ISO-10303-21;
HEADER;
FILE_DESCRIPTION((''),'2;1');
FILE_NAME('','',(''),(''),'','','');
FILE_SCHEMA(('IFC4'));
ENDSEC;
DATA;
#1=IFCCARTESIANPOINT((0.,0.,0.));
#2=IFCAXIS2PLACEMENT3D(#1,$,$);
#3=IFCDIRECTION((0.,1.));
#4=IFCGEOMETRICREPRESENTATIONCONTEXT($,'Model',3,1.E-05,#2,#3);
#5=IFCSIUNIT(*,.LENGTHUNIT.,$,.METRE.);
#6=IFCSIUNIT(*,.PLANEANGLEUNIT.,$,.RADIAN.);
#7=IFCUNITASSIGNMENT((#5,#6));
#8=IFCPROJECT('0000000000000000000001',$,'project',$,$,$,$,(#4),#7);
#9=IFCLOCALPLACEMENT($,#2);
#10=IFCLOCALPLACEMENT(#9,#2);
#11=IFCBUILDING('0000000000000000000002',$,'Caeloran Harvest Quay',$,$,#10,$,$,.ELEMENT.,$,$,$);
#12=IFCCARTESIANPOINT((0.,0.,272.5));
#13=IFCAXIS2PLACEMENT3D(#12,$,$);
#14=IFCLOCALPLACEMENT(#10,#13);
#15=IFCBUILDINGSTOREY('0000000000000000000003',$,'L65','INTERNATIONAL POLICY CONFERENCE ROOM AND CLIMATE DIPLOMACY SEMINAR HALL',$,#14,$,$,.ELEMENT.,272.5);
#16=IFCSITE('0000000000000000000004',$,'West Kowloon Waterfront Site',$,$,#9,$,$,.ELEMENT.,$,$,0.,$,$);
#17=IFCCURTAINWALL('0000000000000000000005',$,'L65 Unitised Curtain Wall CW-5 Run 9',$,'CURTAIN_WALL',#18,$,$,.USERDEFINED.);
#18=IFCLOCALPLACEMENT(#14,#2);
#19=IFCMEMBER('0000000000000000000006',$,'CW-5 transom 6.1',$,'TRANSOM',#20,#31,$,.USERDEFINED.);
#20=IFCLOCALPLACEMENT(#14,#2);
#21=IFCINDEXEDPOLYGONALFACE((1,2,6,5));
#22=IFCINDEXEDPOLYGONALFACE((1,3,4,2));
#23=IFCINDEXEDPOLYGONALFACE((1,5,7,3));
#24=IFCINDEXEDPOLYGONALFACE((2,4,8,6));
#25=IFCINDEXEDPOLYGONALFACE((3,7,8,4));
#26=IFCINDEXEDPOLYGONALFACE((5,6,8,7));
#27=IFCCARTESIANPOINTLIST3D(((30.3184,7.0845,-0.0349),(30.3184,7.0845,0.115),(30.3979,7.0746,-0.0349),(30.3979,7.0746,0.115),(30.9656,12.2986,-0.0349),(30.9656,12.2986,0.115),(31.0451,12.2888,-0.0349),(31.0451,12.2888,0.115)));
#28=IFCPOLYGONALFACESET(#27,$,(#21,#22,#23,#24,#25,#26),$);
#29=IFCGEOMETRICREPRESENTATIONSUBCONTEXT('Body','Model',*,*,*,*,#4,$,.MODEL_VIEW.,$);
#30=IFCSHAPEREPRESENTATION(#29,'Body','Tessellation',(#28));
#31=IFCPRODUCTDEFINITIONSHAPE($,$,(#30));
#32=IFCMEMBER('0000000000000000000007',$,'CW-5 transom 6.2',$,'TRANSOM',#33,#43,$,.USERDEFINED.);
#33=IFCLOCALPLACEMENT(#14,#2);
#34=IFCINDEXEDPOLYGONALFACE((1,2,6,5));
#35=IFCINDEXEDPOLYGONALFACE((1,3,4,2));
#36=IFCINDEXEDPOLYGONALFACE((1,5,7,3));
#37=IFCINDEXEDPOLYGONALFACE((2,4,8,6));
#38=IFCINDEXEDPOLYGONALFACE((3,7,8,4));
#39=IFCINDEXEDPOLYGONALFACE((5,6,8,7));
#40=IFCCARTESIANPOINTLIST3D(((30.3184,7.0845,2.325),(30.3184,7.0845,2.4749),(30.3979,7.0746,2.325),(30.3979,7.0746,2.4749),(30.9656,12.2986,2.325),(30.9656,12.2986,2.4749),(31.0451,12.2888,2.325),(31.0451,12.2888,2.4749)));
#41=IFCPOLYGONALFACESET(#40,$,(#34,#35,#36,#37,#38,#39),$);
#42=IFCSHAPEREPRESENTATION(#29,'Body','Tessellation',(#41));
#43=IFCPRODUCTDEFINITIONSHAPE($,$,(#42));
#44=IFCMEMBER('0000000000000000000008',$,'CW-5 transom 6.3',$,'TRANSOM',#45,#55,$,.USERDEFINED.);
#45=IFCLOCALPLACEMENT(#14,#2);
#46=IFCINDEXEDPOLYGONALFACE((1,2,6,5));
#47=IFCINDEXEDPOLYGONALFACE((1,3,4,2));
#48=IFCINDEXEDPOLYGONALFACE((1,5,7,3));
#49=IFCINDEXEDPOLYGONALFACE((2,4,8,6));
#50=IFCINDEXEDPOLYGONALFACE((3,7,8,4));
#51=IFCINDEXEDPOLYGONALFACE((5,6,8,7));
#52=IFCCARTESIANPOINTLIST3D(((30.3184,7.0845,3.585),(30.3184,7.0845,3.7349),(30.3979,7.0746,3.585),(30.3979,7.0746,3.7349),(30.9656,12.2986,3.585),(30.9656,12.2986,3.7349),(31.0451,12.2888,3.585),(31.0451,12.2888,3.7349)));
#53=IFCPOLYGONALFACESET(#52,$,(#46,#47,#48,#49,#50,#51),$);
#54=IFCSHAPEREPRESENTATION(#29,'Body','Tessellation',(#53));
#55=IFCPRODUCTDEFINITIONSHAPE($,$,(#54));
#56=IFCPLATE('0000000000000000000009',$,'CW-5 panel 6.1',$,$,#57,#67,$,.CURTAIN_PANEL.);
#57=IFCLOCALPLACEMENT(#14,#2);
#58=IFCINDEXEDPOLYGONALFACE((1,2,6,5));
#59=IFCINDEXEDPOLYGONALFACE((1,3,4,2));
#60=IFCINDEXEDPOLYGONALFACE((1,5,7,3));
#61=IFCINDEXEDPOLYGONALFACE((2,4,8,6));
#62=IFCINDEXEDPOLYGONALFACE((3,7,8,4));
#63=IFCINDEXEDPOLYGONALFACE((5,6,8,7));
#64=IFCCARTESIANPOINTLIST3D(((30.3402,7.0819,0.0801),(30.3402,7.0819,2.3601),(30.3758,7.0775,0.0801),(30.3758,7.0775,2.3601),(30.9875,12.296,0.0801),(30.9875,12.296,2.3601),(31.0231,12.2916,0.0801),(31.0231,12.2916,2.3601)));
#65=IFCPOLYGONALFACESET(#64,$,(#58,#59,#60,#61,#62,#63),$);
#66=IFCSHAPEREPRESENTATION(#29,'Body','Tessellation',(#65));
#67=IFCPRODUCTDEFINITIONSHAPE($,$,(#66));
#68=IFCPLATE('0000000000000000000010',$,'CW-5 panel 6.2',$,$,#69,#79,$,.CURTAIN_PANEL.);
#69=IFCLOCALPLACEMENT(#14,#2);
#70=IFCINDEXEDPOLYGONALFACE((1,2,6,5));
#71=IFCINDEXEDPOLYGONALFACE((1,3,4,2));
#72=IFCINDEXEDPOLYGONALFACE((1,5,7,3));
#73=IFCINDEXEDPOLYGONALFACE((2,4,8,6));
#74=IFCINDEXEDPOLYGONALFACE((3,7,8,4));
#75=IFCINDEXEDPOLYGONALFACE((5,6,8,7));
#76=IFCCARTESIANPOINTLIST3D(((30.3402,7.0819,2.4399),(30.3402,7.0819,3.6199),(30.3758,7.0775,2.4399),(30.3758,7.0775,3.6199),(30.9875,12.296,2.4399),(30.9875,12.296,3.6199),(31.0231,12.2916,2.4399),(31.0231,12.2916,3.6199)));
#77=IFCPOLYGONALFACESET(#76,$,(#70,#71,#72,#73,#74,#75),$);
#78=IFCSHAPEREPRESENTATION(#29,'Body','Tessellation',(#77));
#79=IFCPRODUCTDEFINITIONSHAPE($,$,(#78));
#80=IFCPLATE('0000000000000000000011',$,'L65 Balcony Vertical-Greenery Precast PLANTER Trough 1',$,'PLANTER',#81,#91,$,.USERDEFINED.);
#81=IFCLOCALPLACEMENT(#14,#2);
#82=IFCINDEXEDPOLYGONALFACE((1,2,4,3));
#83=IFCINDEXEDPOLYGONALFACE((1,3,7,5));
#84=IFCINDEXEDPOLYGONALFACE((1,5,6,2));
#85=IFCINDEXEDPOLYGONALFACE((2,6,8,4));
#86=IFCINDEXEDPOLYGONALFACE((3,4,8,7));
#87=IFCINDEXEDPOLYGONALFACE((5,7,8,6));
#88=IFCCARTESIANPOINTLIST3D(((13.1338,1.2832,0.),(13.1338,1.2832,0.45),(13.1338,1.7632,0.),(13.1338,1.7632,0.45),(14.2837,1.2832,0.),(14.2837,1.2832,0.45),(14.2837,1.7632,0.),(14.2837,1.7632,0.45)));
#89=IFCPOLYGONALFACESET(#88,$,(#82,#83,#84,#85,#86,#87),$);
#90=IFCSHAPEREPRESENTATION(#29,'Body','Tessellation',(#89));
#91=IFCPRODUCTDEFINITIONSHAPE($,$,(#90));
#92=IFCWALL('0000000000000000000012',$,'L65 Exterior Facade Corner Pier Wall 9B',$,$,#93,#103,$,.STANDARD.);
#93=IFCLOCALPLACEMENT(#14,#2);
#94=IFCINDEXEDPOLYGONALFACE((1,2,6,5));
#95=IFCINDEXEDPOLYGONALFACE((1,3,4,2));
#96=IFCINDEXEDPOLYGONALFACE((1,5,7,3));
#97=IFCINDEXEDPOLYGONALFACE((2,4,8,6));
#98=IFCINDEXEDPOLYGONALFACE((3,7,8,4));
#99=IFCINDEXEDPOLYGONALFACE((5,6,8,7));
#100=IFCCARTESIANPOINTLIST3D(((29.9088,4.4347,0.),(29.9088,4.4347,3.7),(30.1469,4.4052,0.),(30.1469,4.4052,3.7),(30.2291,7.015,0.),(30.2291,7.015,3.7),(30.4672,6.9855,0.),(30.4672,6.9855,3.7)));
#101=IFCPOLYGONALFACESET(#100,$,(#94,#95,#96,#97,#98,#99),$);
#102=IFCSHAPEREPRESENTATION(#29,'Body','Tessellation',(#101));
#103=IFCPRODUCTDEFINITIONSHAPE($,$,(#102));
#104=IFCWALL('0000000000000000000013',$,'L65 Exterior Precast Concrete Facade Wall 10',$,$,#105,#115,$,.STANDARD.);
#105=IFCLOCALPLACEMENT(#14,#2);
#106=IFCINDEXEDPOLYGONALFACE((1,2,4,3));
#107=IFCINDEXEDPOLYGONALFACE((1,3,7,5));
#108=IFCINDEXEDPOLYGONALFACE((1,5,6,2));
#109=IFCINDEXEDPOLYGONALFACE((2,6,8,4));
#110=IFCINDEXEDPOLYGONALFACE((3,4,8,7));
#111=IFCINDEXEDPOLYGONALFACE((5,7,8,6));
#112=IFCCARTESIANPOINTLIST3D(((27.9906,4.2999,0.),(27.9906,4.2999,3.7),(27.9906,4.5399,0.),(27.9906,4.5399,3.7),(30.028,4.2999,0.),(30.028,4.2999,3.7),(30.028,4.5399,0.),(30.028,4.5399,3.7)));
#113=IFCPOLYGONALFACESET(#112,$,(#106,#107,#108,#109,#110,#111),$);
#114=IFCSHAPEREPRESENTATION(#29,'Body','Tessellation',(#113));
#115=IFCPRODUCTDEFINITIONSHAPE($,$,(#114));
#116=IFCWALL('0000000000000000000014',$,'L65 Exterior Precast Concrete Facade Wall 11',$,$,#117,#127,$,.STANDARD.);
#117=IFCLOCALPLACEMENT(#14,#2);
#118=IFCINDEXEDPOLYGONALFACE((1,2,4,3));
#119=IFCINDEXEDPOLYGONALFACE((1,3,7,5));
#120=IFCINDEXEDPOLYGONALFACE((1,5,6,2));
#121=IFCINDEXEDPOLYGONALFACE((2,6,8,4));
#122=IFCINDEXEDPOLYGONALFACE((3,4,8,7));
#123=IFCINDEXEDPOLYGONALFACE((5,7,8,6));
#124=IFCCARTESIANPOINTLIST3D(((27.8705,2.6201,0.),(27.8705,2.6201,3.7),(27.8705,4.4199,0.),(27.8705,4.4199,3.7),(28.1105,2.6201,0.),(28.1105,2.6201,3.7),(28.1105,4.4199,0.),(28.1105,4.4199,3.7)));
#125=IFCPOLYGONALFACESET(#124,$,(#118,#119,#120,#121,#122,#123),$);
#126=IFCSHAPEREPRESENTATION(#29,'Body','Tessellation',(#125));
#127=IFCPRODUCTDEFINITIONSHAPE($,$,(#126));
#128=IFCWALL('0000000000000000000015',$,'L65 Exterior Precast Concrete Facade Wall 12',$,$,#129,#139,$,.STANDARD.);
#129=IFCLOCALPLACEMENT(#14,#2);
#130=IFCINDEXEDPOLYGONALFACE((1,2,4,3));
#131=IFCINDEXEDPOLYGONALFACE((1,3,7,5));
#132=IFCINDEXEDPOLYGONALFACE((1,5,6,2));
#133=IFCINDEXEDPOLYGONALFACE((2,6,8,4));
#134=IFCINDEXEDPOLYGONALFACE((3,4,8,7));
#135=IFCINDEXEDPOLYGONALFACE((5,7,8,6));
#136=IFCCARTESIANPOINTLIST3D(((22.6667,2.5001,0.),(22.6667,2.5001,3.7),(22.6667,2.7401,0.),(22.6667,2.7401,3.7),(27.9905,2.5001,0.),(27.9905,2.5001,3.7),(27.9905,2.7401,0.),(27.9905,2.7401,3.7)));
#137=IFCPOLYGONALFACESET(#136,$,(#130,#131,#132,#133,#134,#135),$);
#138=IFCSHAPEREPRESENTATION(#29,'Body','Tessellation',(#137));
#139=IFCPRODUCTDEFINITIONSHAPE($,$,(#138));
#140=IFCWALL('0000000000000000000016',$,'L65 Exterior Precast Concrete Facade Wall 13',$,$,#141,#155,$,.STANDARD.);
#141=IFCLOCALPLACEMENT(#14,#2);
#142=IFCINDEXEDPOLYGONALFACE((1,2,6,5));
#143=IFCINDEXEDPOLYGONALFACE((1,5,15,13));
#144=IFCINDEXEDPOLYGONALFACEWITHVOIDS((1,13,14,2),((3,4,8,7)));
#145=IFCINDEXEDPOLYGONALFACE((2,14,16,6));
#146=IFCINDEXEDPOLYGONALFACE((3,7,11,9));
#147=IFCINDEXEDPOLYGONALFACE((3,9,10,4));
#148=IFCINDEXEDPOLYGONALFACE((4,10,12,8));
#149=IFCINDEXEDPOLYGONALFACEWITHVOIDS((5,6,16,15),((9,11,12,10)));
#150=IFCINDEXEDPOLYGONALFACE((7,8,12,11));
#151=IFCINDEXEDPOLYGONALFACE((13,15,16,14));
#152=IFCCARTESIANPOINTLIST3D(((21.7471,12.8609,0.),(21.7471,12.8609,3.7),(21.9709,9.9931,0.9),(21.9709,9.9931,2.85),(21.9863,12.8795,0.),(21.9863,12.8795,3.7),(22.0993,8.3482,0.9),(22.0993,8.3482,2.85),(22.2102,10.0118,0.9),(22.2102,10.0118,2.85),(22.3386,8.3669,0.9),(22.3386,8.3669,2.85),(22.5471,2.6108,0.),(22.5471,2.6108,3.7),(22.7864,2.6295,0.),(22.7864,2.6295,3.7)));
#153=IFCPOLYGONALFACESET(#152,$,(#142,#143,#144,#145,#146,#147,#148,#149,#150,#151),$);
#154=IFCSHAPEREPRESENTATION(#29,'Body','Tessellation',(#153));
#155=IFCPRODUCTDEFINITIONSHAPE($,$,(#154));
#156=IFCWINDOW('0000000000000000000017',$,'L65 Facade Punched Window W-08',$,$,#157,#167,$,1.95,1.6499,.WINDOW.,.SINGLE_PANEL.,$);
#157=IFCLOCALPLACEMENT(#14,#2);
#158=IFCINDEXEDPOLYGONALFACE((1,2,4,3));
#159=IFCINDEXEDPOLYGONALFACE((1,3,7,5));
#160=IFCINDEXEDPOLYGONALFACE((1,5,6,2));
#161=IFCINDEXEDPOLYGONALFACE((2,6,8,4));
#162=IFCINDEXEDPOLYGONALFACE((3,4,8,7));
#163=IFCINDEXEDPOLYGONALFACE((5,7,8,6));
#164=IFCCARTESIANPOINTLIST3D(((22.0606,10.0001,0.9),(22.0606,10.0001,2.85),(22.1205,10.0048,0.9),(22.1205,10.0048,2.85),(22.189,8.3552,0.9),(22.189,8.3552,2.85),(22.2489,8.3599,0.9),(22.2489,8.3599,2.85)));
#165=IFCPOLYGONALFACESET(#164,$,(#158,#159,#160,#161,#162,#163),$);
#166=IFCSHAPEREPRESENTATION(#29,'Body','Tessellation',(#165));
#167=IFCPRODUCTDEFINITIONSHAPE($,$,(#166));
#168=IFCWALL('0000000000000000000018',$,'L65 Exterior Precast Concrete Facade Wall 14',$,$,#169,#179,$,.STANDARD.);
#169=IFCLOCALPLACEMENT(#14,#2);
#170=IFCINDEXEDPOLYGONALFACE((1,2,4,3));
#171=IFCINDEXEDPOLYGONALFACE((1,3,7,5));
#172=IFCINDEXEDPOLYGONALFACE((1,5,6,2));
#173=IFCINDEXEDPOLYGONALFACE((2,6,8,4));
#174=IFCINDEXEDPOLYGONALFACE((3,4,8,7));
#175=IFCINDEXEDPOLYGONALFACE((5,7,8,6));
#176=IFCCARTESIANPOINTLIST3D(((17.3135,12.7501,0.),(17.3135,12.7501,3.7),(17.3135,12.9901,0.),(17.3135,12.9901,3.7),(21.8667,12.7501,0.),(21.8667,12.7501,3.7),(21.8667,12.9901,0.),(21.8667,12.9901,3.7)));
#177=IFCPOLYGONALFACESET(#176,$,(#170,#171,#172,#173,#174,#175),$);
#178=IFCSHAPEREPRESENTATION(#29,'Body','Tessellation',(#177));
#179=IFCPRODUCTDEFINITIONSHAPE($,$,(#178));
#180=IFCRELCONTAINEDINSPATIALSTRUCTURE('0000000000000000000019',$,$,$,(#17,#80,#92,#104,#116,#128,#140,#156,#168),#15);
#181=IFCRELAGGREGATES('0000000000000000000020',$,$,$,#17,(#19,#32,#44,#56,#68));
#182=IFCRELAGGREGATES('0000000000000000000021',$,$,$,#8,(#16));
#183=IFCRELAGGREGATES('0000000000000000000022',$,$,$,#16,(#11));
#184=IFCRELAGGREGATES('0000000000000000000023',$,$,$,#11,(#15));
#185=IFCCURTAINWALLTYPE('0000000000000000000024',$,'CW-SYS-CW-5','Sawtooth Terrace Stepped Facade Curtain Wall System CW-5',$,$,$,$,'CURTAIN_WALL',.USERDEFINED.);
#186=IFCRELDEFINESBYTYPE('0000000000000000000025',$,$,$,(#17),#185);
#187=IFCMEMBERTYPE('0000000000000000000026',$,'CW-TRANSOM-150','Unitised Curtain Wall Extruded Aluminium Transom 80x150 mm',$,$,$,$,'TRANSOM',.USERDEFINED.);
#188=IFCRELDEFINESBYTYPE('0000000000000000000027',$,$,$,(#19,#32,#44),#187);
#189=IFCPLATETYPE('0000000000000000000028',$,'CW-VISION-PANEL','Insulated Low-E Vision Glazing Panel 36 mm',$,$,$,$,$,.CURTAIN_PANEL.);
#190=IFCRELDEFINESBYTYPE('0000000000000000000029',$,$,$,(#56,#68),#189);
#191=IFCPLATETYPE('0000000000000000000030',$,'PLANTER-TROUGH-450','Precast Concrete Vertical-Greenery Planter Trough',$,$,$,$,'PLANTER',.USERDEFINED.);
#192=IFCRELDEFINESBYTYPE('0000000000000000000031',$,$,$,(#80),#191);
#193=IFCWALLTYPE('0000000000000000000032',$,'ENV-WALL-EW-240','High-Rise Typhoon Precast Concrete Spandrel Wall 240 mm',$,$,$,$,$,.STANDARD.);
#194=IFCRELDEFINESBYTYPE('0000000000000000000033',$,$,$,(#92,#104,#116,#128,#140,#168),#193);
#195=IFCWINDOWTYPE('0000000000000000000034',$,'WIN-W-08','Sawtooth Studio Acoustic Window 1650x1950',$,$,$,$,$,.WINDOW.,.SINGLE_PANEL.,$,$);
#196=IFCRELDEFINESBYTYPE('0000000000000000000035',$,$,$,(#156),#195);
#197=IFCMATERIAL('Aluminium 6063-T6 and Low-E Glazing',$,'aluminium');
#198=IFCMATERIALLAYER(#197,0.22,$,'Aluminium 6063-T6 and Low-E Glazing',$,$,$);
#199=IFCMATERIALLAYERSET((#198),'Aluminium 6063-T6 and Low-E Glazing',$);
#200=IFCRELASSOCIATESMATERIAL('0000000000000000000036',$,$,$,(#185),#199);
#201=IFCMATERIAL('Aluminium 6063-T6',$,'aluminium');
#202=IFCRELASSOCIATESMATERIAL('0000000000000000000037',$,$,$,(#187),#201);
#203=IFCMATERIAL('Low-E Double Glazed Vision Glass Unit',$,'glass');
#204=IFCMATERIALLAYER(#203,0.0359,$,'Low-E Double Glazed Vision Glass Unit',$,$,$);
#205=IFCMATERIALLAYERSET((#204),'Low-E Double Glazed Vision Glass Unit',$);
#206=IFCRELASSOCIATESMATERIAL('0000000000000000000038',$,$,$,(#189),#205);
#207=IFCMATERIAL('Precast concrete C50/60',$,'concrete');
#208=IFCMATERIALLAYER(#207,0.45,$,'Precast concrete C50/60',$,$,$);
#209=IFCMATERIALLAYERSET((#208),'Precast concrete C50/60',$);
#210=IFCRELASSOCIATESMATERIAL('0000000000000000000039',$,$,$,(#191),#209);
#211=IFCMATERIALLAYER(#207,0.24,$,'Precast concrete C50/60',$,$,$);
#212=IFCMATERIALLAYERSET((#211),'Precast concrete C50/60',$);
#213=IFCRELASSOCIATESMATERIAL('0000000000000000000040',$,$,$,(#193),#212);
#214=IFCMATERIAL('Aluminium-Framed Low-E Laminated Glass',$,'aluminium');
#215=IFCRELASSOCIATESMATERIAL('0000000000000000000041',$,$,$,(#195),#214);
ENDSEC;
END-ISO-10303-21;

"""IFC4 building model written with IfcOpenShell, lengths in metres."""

from ifc_helpers import new_model, si_unit, direction, frame, frame_2d, origin, origin_2d, place, context, subcontext, project, spatial, rectangle, extrude, material, layer, layer_set, material_profile, profile_set, type_object, element, fill, aggregate, save


model = new_model("IFC4")

# Units and contexts
model_context = context("Model", 3, precision=1e-05, world=origin(), true_north=direction((0.0, 1.0)))
body_context = subcontext(model_context, "Body", "Model", "MODEL_VIEW")
ifc_project = project(units=[si_unit("LENGTHUNIT", "METRE"), si_unit("PLANEANGLEUNIT", "RADIAN")], contexts=[model_context])

# Site, building, storey
site_placement = place(None, origin())
site = spatial("IfcSite", under=ifc_project, at=site_placement, Name="West Kowloon Waterfront Site", CompositionType="ELEMENT", RefElevation=0.0)
building_placement = place(site_placement, origin())
building = spatial("IfcBuilding", under=site, at=building_placement, Name="Caeloran Harvest Quay", CompositionType="ELEMENT")
storey_placement = place(building_placement, frame((0.0, 0.0, 272.5)))
storey = spatial("IfcBuildingStorey", under=building, at=storey_placement, Name="L65", Description="INTERNATIONAL POLICY CONFERENCE ROOM AND CLIMATE DIPLOMACY SEMINAR HALL", CompositionType="ELEMENT", Elevation=272.5)

# Curtain wall, members, plates
ifc_material_1 = material(Name="Aluminium 6063-T6 and Low-E Glazing", Category="aluminium")
ifc_layer_1 = layer(ifc_material_1, 0.22, Name="Aluminium 6063-T6 and Low-E Glazing")
ifc_layer_set_1 = layer_set([ifc_layer_1], Name="Aluminium 6063-T6 and Low-E Glazing")
curtain_wall_type = type_object("IfcCurtainWallType", Name="CW-SYS-CW-5", Description="Sawtooth Terrace Stepped Facade Curtain Wall System CW-5", ElementType="CURTAIN_WALL", PredefinedType="USERDEFINED", material=ifc_layer_set_1)
curtain_wall_placement = place(storey_placement, origin())
curtain_wall = element("IfcCurtainWall", 1, at=curtain_wall_placement, inside=storey, type_object=curtain_wall_type, Name="L65 Unitised Curtain Wall CW-5 Run 9", ObjectType="CURTAIN_WALL", PredefinedType="USERDEFINED")
ifc_material_2 = material(Name="Aluminium 6063-T6", Category="aluminium")
ifc_material_profile_1 = material_profile(ifc_material_2, rectangle(XDim=0.0801, YDim=0.1499, at=origin_2d()), Name="CW-TRANSOM-150")
ifc_profile_set_1 = profile_set([ifc_material_profile_1], Name="Aluminium 6063-T6")
member_type_1 = type_object("IfcMemberType", Name="CW-TRANSOM-150", Description="Unitised Curtain Wall Extruded Aluminium Transom 80x150 mm", ElementType="TRANSOM", PredefinedType="USERDEFINED", material=ifc_profile_set_1)
member_1_placement = place(storey_placement, frame((31.0054, 12.2937, 0.04), z_axis=(-0.123183, -0.992384, 0.0), x_axis=(0.992384, -0.123183, 0.0)))
member_1 = element("IfcMember", 2, at=member_1_placement, type_object=member_type_1, Name="CW-5 transom 6.1", ObjectType="TRANSOM", PredefinedType="USERDEFINED", context=body_context, shape_type="SweptSolid", body=[
    extrude(rectangle(XDim=0.0801, YDim=0.1499, at=origin_2d()), origin(), (0.0, 0.0, 1.0), 5.2542),
])
member_2_placement = place(storey_placement, frame((31.0054, 12.2937, 2.3999), z_axis=(-0.123183, -0.992384, 0.0), x_axis=(0.992384, -0.123183, 0.0)))
member_2 = element("IfcMember", 3, at=member_2_placement, type_object=member_type_1, Name="CW-5 transom 6.2", ObjectType="TRANSOM", PredefinedType="USERDEFINED", context=body_context, shape_type="SweptSolid", body=[
    extrude(rectangle(XDim=0.0801, YDim=0.1499, at=origin_2d()), origin(), (0.0, 0.0, 1.0), 5.2542),
])
member_3_placement = place(storey_placement, frame((31.0054, 12.2937, 3.6599), z_axis=(-0.123183, -0.992384, 0.0), x_axis=(0.992384, -0.123183, 0.0)))
member_3 = element("IfcMember", 4, at=member_3_placement, type_object=member_type_1, Name="CW-5 transom 6.3", ObjectType="TRANSOM", PredefinedType="USERDEFINED", context=body_context, shape_type="SweptSolid", body=[
    extrude(rectangle(XDim=0.0801, YDim=0.1499, at=origin_2d()), origin(), (0.0, 0.0, 1.0), 5.2542),
])
ifc_material_3 = material(Name="Low-E Double Glazed Vision Glass Unit", Category="glass")
ifc_layer_2 = layer(ifc_material_3, 0.0359, Name="Low-E Double Glazed Vision Glass Unit")
ifc_layer_set_2 = layer_set([ifc_layer_2], Name="Low-E Double Glazed Vision Glass Unit")
plate_type_1 = type_object("IfcPlateType", Name="CW-VISION-PANEL", Description="Insulated Low-E Vision Glazing Panel 36 mm", PredefinedType="CURTAIN_PANEL", material=ifc_layer_set_2)
plate_1_placement = place(storey_placement, frame((30.6816, 9.6868, 0.0801), z_axis=(0.0, 0.0, 1.0), x_axis=(-0.12319, -0.992383, 0.0)))
plate_1 = element("IfcPlate", 5, at=plate_1_placement, type_object=plate_type_1, Name="CW-5 panel 6.1", PredefinedType="CURTAIN_PANEL", context=body_context, shape_type="SweptSolid", body=[
    extrude(rectangle(XDim=5.2542, YDim=0.0359, at=origin_2d()), origin(), (0.0, 0.0, 1.0), 2.28),
])
plate_2_placement = place(storey_placement, frame((30.6816, 9.6868, 2.4399), z_axis=(0.0, 0.0, 1.0), x_axis=(-0.12319, -0.992383, 0.0)))
plate_2 = element("IfcPlate", 6, at=plate_2_placement, type_object=plate_type_1, Name="CW-5 panel 6.2", PredefinedType="CURTAIN_PANEL", context=body_context, shape_type="SweptSolid", body=[
    extrude(rectangle(XDim=5.2542, YDim=0.0359, at=origin_2d()), origin(), (0.0, 0.0, 1.0), 1.1799),
])
aggregate(curtain_wall, [member_1, member_2, member_3, plate_1, plate_2])

# Plate
ifc_material_4 = material(Name="Precast concrete C50/60", Category="concrete")
ifc_layer_3 = layer(ifc_material_4, 0.45, Name="Precast concrete C50/60")
ifc_layer_set_3 = layer_set([ifc_layer_3], Name="Precast concrete C50/60")
plate_type_2 = type_object("IfcPlateType", Name="PLANTER-TROUGH-450", Description="Precast Concrete Vertical-Greenery Planter Trough", ElementType="PLANTER", PredefinedType="USERDEFINED", material=ifc_layer_set_3)
plate_3_placement = place(storey_placement, frame((13.7087, 1.5232, 0.0), z_axis=(0.0, 0.0, 1.0), x_axis=(1.0, 0.0, 0.0)))
element("IfcPlate", 7, at=plate_3_placement, inside=storey, type_object=plate_type_2, Name="L65 Balcony Vertical-Greenery Precast PLANTER Trough 1", ObjectType="PLANTER", PredefinedType="USERDEFINED", context=body_context, shape_type="SweptSolid", body=[
    extrude(rectangle(XDim=1.1499, YDim=0.48, at=origin_2d()), origin(), (0.0, 0.0, 1.0), 0.45),
])

# Walls
ifc_layer_4 = layer(ifc_material_4, 0.24, Name="Precast concrete C50/60")
ifc_layer_set_4 = layer_set([ifc_layer_4], Name="Precast concrete C50/60")
wall_type_1 = type_object("IfcWallType", Name="ENV-WALL-EW-240", Description="High-Rise Typhoon Precast Concrete Spandrel Wall 240 mm", PredefinedType="STANDARD", material=ifc_layer_set_4)
wall_1_placement = place(storey_placement, frame((30.3481, 7.0002, 0.0), z_axis=(0.0, 0.0, 1.0), x_axis=(-0.123191, -0.992383, 0.0)))
element("IfcWall", 8, at=wall_1_placement, inside=storey, type_object=wall_type_1, Name="L65 Exterior Facade Corner Pier Wall 9B", PredefinedType="STANDARD", context=body_context, shape_type="SweptSolid", body=[
    extrude(rectangle(XDim=2.6001, YDim=0.24, at=frame_2d((1.3, 0.0))), origin(), (0.0, 0.0, 1.0), 3.7),
])
wall_2_placement = place(storey_placement, frame((30.0278, 4.4199, 0.0), z_axis=(0.0, 0.0, 1.0), x_axis=(-1.0, 0.0, 0.0)))
element("IfcWall", 9, at=wall_2_placement, inside=storey, type_object=wall_type_1, Name="L65 Exterior Precast Concrete Facade Wall 10", PredefinedType="STANDARD", context=body_context, shape_type="SweptSolid", body=[
    extrude(rectangle(XDim=2.0374, YDim=0.24, at=frame_2d((1.0186, 0.0))), origin(), (0.0, 0.0, 1.0), 3.7),
])
wall_3_placement = place(storey_placement, frame((27.9905, 4.4199, 0.0), z_axis=(0.0, 0.0, 1.0), x_axis=(0.0, -1.0, 0.0)))
element("IfcWall", 10, at=wall_3_placement, inside=storey, type_object=wall_type_1, Name="L65 Exterior Precast Concrete Facade Wall 11", PredefinedType="STANDARD", context=body_context, shape_type="SweptSolid", body=[
    extrude(rectangle(XDim=1.7998, YDim=0.24, at=frame_2d((0.8999, 0.0))), origin(), (0.0, 0.0, 1.0), 3.7),
])
wall_4_placement = place(storey_placement, frame((27.9905, 2.6201, 0.0), z_axis=(0.0, 0.0, 1.0), x_axis=(-1.0, 0.0, 0.0)))
element("IfcWall", 11, at=wall_4_placement, inside=storey, type_object=wall_type_1, Name="L65 Exterior Precast Concrete Facade Wall 12", PredefinedType="STANDARD", context=body_context, shape_type="SweptSolid", body=[
    extrude(rectangle(XDim=5.3237, YDim=0.24, at=frame_2d((2.6619, 0.0))), origin(), (0.0, 0.0, 1.0), 3.7),
])

# Wall, opening, window
wall_5_placement = place(storey_placement, frame((22.6667, 2.6201, 0.0), z_axis=(0.0, 0.0, 1.0), x_axis=(-0.077817, 0.996968, 0.0)))
wall_5 = element("IfcWall", 12, at=wall_5_placement, inside=storey, type_object=wall_type_1, Name="L65 Exterior Precast Concrete Facade Wall 13", PredefinedType="STANDARD", context=body_context, shape_type="SweptSolid", body=[
    extrude(rectangle(XDim=10.2812, YDim=0.24, at=frame_2d((5.1406, 0.0))), origin(), (0.0, 0.0, 1.0), 3.7),
])
opening_1_placement = place(wall_5_placement, frame((5.7549, 0.0, 0.8999)))
opening_1 = element("IfcOpeningElement", 13, at=opening_1_placement, cuts=wall_5, PredefinedType="OPENING", context=body_context, shape_type="SweptSolid", body=[
    extrude(rectangle(XDim=1.6499, YDim=1.95, at=frame_2d((0.825, 0.9751))), frame((0.0, 0.1299, 0.0), z_axis=(0.0, -1.0, 0.0), x_axis=(1.0, 0.0, 0.0)), (0.0, 0.0, 1.0), 0.26),
])
ifc_material_5 = material(Name="Aluminium-Framed Low-E Laminated Glass", Category="aluminium")
window_type = type_object("IfcWindowType", Name="WIN-W-08", Description="Sawtooth Studio Acoustic Window 1650x1950", PartitioningType="SINGLE_PANEL", PredefinedType="WINDOW", material=ifc_material_5)
window_placement = place(opening_1_placement, origin())
window = element("IfcWindow", 14, at=window_placement, inside=storey, type_object=window_type, Name="L65 Facade Punched Window W-08", OverallHeight=1.95, OverallWidth=1.6499, PartitioningType="SINGLE_PANEL", PredefinedType="WINDOW", context=body_context, shape_type="SweptSolid", body=[
    extrude(rectangle(XDim=1.6499, YDim=1.95, at=frame_2d((0.825, 0.9751))), frame((0.0, 0.03, 0.0), z_axis=(0.0, -1.0, 0.0), x_axis=(1.0, 0.0, 0.0)), (0.0, 0.0, 1.0), 0.0601),
])
fill(opening_1, window)

# Wall
wall_6_placement = place(storey_placement, frame((21.8667, 12.8701, 0.0), z_axis=(0.0, 0.0, 1.0), x_axis=(-1.0, 0.0, 0.0)))
element("IfcWall", 15, at=wall_6_placement, inside=storey, type_object=wall_type_1, Name="L65 Exterior Precast Concrete Facade Wall 14", PredefinedType="STANDARD", context=body_context, shape_type="SweptSolid", body=[
    extrude(rectangle(XDim=4.5532, YDim=0.24, at=frame_2d((2.2766, 0.0))), origin(), (0.0, 0.0, 1.0), 3.7),
])

save(model, "model.ifc")
